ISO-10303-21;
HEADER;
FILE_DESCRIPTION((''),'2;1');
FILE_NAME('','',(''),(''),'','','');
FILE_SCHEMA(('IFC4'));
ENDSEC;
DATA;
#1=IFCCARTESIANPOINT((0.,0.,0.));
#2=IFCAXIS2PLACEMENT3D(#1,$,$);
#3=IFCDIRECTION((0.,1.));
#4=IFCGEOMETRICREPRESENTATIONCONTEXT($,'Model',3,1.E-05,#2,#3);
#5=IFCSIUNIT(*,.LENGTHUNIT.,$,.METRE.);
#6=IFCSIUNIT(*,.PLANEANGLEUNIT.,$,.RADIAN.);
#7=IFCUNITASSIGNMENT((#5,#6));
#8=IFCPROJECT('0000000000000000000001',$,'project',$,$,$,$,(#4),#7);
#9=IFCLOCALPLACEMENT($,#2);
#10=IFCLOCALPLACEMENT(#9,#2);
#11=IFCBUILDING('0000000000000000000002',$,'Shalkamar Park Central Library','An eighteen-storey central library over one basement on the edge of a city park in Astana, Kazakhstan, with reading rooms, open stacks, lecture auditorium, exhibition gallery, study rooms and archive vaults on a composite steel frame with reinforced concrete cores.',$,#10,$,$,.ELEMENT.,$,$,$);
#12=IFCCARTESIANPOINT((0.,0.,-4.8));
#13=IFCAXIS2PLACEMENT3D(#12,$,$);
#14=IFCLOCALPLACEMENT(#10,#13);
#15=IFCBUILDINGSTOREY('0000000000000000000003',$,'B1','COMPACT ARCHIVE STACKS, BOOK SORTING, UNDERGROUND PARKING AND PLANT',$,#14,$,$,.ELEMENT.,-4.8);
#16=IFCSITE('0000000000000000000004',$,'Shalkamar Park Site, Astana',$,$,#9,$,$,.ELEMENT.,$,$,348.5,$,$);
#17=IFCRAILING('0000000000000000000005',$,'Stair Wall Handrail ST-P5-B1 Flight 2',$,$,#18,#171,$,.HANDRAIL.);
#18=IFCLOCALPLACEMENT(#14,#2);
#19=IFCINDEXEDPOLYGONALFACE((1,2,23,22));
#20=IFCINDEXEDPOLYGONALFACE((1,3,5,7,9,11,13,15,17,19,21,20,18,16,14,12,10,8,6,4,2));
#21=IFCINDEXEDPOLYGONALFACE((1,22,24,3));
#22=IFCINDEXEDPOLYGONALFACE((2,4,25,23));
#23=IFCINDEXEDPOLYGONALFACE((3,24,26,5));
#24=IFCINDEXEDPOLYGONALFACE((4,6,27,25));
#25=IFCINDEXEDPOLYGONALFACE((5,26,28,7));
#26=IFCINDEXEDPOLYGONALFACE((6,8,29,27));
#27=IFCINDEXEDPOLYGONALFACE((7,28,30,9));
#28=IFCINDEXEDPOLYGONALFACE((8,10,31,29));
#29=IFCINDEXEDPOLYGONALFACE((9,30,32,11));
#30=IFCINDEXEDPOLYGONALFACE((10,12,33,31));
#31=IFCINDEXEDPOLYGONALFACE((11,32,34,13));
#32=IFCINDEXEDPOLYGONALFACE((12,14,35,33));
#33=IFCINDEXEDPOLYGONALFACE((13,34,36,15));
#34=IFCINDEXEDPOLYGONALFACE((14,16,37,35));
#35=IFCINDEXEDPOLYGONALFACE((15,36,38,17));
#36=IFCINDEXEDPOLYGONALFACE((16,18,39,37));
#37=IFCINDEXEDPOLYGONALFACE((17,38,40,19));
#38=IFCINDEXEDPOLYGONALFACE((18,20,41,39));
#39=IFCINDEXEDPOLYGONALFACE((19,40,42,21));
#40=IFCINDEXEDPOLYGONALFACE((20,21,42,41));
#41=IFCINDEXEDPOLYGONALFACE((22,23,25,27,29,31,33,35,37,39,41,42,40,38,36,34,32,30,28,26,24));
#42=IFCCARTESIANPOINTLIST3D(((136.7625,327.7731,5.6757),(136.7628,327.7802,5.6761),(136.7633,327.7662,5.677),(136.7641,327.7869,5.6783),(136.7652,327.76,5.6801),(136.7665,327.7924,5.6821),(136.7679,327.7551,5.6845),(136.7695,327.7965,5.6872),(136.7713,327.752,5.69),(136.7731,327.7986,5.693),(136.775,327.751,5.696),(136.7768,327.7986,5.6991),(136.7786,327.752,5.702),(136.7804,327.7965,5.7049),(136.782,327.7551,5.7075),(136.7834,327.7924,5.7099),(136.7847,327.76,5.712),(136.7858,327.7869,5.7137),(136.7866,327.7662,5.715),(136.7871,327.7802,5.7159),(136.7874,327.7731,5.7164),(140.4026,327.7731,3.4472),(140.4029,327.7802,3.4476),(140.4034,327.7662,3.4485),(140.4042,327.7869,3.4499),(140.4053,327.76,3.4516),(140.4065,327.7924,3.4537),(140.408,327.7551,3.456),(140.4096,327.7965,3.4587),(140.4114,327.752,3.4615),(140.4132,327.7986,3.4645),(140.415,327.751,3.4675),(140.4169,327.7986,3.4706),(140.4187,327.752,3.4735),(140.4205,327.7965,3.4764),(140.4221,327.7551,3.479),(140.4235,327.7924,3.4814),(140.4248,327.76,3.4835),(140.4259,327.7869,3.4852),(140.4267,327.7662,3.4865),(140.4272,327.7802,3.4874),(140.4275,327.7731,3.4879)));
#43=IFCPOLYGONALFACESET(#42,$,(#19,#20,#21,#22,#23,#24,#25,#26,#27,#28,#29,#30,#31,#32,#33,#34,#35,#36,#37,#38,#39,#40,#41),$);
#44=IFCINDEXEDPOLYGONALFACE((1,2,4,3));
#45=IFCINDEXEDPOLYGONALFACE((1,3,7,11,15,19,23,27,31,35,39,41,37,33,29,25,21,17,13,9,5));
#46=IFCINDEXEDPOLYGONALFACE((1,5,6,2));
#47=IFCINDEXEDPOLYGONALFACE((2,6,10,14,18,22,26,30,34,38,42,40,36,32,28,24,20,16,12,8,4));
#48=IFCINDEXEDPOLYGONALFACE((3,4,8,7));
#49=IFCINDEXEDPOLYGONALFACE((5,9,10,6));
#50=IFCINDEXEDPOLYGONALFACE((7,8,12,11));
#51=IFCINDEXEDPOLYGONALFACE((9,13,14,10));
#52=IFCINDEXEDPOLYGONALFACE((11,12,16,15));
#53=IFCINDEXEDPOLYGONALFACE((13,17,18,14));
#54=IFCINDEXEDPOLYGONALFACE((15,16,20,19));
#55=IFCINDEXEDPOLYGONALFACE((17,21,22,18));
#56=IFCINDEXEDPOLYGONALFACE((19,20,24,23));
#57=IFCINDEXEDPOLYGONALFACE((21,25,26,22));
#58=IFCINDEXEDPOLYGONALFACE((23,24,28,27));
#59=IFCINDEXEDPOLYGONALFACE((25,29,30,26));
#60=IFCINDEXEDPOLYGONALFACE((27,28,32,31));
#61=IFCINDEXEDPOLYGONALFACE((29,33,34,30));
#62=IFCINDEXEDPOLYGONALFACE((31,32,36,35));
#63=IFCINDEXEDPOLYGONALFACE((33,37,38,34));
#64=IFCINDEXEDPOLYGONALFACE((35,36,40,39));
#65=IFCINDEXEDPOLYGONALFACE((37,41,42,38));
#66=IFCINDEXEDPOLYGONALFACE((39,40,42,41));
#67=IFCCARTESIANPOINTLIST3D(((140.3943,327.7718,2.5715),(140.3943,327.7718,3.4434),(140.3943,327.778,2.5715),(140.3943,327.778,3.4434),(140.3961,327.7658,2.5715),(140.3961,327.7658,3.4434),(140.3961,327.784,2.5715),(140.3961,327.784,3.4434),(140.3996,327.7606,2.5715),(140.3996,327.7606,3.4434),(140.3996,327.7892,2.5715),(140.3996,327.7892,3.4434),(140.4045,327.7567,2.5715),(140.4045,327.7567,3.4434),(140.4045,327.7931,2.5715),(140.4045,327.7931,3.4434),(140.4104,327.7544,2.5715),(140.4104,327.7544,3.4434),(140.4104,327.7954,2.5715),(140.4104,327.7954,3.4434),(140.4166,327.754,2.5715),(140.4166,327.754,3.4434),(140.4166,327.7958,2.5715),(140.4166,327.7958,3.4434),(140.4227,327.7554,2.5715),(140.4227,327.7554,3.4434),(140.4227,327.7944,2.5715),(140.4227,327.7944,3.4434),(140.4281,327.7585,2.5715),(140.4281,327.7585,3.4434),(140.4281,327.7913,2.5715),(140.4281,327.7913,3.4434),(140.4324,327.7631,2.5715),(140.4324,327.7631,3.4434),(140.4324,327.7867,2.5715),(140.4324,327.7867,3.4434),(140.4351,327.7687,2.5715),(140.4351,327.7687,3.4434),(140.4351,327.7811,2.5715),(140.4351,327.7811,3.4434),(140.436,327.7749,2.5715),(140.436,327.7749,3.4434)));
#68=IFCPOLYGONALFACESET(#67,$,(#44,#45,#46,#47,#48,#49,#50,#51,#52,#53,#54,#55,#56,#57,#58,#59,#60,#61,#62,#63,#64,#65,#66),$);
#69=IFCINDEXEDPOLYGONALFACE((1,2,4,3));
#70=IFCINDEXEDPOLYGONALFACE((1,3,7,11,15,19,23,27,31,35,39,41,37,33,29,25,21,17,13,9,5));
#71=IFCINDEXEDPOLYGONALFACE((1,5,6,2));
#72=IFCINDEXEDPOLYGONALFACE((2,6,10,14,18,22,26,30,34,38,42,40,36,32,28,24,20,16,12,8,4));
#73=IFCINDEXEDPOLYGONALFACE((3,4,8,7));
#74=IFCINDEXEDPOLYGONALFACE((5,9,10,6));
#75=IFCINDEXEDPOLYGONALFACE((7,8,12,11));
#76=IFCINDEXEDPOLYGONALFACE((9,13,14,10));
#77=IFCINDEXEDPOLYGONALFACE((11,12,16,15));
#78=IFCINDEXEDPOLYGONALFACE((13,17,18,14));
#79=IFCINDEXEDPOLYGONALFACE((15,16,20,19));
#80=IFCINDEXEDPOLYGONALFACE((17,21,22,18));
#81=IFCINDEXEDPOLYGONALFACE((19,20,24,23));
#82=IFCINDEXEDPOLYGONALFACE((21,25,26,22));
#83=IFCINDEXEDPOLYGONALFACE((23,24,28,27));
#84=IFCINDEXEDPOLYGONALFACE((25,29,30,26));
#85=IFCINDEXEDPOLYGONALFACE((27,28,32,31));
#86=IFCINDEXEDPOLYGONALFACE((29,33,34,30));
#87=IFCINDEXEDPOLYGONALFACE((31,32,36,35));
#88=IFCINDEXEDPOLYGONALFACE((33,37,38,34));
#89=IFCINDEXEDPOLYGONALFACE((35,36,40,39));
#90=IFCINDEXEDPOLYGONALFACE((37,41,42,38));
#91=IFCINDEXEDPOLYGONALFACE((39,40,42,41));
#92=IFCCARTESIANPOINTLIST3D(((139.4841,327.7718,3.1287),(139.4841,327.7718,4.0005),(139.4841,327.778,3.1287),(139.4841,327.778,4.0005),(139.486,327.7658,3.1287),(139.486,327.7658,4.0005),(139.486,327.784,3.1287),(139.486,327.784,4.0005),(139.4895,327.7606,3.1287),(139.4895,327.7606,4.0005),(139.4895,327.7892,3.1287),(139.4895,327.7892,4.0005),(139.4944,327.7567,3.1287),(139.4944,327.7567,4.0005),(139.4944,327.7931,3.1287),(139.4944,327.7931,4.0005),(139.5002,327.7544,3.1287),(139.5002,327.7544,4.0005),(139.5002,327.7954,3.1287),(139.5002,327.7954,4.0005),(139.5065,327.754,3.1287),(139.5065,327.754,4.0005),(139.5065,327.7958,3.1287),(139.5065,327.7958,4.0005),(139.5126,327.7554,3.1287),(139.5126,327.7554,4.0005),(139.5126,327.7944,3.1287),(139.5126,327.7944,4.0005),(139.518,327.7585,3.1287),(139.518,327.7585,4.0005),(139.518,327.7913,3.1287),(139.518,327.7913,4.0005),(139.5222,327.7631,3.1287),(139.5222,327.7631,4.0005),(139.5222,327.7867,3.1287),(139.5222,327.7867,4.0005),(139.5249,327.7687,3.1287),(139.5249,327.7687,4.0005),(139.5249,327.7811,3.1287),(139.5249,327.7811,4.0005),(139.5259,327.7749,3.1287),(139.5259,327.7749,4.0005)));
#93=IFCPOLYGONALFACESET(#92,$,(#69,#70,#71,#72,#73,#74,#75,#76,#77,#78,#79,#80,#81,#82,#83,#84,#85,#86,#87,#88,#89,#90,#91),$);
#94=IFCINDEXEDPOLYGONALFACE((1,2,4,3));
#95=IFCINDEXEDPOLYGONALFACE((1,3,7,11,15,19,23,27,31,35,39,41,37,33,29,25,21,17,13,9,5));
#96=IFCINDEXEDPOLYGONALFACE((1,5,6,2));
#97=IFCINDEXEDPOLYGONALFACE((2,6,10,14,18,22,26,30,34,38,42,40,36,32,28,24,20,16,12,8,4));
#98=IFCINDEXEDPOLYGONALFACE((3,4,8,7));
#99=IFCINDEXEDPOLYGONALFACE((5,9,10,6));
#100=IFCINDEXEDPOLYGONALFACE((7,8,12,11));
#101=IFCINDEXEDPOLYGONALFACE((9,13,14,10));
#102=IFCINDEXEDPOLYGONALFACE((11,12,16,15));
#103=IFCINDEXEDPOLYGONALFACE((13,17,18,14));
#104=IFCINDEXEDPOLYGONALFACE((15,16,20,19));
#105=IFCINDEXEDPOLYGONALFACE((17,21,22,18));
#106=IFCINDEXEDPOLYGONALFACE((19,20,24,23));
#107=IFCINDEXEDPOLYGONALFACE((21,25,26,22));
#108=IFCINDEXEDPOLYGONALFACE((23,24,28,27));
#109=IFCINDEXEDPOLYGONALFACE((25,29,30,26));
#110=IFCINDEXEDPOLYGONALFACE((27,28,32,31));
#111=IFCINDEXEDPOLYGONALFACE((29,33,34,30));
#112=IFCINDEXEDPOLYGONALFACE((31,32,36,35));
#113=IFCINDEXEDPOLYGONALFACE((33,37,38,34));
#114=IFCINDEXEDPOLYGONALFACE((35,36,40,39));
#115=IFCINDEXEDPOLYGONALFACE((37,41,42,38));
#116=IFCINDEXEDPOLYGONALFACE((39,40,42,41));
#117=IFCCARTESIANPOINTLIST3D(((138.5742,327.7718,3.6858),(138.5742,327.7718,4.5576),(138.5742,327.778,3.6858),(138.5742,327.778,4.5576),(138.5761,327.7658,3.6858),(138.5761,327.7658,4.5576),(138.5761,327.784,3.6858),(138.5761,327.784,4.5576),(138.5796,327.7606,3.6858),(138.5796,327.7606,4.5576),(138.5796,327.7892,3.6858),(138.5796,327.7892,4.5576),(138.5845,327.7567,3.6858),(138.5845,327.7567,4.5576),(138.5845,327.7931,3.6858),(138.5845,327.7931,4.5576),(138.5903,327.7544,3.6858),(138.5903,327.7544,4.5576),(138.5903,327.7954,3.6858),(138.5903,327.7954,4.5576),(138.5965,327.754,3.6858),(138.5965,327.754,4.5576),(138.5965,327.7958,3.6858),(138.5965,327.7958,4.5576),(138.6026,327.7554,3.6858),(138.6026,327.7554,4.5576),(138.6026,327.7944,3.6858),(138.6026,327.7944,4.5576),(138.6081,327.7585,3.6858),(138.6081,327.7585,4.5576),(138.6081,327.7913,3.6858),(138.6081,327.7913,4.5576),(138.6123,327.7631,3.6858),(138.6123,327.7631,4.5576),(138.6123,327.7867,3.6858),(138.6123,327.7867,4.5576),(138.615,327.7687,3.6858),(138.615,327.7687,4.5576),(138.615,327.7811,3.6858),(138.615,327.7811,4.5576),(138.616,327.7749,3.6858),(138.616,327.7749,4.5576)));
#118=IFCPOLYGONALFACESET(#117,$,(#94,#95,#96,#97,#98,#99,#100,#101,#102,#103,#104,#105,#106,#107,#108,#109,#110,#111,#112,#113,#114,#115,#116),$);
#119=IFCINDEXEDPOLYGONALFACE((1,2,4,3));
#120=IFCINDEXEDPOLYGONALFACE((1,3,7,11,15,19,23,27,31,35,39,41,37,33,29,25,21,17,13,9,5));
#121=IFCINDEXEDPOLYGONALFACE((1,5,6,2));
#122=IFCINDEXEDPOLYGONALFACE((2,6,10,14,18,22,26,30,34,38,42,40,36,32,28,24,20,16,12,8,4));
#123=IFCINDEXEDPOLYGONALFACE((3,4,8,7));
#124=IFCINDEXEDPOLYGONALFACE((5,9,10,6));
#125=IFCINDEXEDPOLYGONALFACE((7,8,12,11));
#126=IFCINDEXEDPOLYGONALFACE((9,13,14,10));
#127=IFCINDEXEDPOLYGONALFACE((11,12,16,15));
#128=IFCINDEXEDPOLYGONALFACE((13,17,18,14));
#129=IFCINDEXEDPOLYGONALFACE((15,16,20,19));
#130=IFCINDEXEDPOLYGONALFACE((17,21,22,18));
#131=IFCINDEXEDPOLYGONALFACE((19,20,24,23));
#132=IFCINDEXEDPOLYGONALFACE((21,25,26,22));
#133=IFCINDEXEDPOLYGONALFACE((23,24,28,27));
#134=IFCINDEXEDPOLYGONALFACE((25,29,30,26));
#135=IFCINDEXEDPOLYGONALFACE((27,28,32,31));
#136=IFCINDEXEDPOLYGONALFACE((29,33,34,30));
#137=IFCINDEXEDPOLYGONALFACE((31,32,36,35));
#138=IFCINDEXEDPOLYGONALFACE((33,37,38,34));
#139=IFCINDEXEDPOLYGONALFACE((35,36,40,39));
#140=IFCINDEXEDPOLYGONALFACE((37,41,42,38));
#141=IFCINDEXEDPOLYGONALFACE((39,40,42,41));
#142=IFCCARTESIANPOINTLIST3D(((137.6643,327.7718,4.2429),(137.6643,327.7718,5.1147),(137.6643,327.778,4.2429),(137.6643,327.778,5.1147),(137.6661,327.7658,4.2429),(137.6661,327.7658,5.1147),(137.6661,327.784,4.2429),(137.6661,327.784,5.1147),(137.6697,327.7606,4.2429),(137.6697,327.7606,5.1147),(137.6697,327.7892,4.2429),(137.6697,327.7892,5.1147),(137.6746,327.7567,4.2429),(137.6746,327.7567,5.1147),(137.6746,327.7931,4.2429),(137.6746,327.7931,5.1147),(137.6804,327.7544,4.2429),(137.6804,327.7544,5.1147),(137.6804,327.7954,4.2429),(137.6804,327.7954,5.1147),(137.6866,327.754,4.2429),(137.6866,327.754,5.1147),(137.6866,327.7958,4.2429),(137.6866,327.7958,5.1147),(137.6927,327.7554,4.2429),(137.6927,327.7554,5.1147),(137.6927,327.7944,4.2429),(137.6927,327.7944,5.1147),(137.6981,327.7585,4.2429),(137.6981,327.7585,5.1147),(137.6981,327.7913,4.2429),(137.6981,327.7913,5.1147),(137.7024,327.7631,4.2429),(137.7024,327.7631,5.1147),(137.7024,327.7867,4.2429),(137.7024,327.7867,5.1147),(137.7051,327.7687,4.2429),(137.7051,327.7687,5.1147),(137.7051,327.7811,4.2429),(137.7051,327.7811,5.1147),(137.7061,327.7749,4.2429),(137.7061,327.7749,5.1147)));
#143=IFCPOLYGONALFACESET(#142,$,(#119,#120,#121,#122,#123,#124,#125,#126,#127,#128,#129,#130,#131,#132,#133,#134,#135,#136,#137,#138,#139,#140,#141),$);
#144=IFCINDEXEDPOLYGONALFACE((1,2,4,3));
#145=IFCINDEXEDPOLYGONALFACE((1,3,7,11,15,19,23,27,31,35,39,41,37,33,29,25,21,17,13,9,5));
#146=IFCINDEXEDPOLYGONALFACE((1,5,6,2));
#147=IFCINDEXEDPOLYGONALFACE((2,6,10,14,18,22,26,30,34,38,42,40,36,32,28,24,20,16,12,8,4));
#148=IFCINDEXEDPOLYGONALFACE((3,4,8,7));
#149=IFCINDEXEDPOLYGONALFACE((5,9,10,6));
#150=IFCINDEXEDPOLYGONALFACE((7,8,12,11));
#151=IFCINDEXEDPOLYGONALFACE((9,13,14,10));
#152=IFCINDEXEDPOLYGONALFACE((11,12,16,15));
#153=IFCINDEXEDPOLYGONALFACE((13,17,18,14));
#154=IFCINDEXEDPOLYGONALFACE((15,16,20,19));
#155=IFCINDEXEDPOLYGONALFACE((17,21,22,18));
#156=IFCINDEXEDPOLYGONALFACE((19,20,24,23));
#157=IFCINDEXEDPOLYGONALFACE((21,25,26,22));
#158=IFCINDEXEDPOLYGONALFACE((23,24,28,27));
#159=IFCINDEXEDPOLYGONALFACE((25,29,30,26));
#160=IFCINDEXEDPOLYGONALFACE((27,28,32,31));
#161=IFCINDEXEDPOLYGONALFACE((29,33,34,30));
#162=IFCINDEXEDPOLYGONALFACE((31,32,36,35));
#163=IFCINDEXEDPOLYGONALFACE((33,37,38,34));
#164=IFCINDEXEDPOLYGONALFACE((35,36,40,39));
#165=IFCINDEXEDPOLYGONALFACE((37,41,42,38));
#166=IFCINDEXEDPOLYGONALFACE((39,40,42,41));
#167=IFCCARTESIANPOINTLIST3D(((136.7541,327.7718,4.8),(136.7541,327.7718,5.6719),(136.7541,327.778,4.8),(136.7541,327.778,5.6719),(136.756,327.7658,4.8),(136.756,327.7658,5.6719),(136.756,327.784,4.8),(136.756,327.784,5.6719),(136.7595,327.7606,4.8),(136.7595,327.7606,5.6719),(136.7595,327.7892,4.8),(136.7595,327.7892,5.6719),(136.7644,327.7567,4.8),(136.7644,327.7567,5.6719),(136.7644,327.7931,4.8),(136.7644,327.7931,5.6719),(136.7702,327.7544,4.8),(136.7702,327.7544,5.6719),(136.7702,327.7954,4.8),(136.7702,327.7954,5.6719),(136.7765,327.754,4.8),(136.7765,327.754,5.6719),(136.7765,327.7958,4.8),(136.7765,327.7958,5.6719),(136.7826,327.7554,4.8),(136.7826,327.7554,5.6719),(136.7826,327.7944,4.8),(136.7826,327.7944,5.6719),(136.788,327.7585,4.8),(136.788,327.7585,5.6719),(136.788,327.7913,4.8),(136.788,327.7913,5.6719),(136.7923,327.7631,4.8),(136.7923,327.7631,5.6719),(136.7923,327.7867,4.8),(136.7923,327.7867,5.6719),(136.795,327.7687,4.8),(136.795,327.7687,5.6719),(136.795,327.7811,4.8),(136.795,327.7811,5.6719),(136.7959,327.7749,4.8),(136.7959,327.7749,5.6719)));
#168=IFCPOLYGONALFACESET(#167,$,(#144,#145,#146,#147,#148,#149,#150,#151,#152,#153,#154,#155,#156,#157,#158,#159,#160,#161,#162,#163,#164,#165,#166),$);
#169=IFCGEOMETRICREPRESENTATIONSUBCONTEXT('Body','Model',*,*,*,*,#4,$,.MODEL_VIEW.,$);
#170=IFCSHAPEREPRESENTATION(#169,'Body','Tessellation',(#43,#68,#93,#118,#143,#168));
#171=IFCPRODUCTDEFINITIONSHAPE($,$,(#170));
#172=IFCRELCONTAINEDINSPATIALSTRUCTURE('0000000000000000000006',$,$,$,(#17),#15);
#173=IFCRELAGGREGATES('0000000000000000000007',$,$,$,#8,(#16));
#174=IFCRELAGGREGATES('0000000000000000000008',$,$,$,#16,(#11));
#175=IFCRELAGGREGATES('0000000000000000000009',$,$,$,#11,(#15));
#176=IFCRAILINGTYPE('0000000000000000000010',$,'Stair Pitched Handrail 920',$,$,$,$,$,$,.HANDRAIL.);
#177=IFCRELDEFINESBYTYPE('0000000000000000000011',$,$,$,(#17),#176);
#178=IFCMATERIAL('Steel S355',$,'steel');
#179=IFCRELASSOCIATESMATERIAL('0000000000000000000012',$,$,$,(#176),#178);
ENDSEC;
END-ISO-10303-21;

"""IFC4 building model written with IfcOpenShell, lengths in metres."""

from ifc_helpers import new_model, si_unit, direction, frame, origin, origin_2d, place, context, subcontext, project, spatial, circle, extrude, material, type_object, element, save


model = new_model("IFC4")

# Units and contexts
model_context = context("Model", 3, precision=1e-05, world=origin(), true_north=direction((0.0, 1.0)))
body_context = subcontext(model_context, "Body", "Model", "MODEL_VIEW")
ifc_project = project(units=[si_unit("LENGTHUNIT", "METRE"), si_unit("PLANEANGLEUNIT", "RADIAN")], contexts=[model_context])

# Site, building, storey
site_placement = place(None, origin())
site = spatial("IfcSite", under=ifc_project, at=site_placement, Name="Shalkamar Park Site, Astana", CompositionType="ELEMENT", RefElevation=348.5)
building_placement = place(site_placement, origin())
building = spatial("IfcBuilding", under=site, at=building_placement, Name="Shalkamar Park Central Library", Description="An eighteen-storey central library over one basement on the edge of a city park in Astana, Kazakhstan, with reading rooms, open stacks, lecture auditorium, exhibition gallery, study rooms and archive vaults on a composite steel frame with reinforced concrete cores.", CompositionType="ELEMENT")
storey_placement = place(building_placement, frame((0.0, 0.0, -4.8)))
storey = spatial("IfcBuildingStorey", under=building, at=storey_placement, Name="B1", Description="COMPACT ARCHIVE STACKS, BOOK SORTING, UNDERGROUND PARKING AND PLANT", CompositionType="ELEMENT", Elevation=-4.8)

# Shared definitions
ifc_material_1 = material(Name="Steel S355", Category="steel")

# Railing
railing_type_1 = type_object("IfcRailingType", Name="Stair Pitched Handrail 920", PredefinedType="HANDRAIL", material=ifc_material_1)
railing_1_placement = place(storey_placement, frame((140.415, 327.7749, 2.5715)))
element("IfcRailing", 1, at=railing_1_placement, inside=storey, type_object=railing_type_1, Name="Stair Wall Handrail ST-P5-B1 Flight 2", PredefinedType="HANDRAIL", context=body_context, shape_type="SweptSolid", body=[
    extrude(circle(Radius=0.0239, at=origin_2d()), frame((0.0, 0.0, 0.896), z_axis=(-0.852866, 0.0, 0.52213), x_axis=(0.0, -1.0, 0.0)), (0.0, 0.0, 1.0), 4.2681),
    extrude(circle(Radius=0.021, at=origin_2d()), origin(), (0.0, 0.0, 1.0), 0.8718),
    extrude(circle(Radius=0.021, at=origin_2d()), frame((-0.9102, 0.0, 0.5571)), (0.0, 0.0, 1.0), 0.8718),
    extrude(circle(Radius=0.021, at=origin_2d()), frame((-1.8201, 0.0, 1.1143)), (0.0, 0.0, 1.0), 0.8718),
    extrude(circle(Radius=0.021, at=origin_2d()), frame((-2.73, 0.0, 1.6714)), (0.0, 0.0, 1.0), 0.8718),
    extrude(circle(Radius=0.021, at=origin_2d()), frame((-3.6401, 0.0, 2.2285)), (0.0, 0.0, 1.0), 0.8718),
])

save(model, "model.ifc")
